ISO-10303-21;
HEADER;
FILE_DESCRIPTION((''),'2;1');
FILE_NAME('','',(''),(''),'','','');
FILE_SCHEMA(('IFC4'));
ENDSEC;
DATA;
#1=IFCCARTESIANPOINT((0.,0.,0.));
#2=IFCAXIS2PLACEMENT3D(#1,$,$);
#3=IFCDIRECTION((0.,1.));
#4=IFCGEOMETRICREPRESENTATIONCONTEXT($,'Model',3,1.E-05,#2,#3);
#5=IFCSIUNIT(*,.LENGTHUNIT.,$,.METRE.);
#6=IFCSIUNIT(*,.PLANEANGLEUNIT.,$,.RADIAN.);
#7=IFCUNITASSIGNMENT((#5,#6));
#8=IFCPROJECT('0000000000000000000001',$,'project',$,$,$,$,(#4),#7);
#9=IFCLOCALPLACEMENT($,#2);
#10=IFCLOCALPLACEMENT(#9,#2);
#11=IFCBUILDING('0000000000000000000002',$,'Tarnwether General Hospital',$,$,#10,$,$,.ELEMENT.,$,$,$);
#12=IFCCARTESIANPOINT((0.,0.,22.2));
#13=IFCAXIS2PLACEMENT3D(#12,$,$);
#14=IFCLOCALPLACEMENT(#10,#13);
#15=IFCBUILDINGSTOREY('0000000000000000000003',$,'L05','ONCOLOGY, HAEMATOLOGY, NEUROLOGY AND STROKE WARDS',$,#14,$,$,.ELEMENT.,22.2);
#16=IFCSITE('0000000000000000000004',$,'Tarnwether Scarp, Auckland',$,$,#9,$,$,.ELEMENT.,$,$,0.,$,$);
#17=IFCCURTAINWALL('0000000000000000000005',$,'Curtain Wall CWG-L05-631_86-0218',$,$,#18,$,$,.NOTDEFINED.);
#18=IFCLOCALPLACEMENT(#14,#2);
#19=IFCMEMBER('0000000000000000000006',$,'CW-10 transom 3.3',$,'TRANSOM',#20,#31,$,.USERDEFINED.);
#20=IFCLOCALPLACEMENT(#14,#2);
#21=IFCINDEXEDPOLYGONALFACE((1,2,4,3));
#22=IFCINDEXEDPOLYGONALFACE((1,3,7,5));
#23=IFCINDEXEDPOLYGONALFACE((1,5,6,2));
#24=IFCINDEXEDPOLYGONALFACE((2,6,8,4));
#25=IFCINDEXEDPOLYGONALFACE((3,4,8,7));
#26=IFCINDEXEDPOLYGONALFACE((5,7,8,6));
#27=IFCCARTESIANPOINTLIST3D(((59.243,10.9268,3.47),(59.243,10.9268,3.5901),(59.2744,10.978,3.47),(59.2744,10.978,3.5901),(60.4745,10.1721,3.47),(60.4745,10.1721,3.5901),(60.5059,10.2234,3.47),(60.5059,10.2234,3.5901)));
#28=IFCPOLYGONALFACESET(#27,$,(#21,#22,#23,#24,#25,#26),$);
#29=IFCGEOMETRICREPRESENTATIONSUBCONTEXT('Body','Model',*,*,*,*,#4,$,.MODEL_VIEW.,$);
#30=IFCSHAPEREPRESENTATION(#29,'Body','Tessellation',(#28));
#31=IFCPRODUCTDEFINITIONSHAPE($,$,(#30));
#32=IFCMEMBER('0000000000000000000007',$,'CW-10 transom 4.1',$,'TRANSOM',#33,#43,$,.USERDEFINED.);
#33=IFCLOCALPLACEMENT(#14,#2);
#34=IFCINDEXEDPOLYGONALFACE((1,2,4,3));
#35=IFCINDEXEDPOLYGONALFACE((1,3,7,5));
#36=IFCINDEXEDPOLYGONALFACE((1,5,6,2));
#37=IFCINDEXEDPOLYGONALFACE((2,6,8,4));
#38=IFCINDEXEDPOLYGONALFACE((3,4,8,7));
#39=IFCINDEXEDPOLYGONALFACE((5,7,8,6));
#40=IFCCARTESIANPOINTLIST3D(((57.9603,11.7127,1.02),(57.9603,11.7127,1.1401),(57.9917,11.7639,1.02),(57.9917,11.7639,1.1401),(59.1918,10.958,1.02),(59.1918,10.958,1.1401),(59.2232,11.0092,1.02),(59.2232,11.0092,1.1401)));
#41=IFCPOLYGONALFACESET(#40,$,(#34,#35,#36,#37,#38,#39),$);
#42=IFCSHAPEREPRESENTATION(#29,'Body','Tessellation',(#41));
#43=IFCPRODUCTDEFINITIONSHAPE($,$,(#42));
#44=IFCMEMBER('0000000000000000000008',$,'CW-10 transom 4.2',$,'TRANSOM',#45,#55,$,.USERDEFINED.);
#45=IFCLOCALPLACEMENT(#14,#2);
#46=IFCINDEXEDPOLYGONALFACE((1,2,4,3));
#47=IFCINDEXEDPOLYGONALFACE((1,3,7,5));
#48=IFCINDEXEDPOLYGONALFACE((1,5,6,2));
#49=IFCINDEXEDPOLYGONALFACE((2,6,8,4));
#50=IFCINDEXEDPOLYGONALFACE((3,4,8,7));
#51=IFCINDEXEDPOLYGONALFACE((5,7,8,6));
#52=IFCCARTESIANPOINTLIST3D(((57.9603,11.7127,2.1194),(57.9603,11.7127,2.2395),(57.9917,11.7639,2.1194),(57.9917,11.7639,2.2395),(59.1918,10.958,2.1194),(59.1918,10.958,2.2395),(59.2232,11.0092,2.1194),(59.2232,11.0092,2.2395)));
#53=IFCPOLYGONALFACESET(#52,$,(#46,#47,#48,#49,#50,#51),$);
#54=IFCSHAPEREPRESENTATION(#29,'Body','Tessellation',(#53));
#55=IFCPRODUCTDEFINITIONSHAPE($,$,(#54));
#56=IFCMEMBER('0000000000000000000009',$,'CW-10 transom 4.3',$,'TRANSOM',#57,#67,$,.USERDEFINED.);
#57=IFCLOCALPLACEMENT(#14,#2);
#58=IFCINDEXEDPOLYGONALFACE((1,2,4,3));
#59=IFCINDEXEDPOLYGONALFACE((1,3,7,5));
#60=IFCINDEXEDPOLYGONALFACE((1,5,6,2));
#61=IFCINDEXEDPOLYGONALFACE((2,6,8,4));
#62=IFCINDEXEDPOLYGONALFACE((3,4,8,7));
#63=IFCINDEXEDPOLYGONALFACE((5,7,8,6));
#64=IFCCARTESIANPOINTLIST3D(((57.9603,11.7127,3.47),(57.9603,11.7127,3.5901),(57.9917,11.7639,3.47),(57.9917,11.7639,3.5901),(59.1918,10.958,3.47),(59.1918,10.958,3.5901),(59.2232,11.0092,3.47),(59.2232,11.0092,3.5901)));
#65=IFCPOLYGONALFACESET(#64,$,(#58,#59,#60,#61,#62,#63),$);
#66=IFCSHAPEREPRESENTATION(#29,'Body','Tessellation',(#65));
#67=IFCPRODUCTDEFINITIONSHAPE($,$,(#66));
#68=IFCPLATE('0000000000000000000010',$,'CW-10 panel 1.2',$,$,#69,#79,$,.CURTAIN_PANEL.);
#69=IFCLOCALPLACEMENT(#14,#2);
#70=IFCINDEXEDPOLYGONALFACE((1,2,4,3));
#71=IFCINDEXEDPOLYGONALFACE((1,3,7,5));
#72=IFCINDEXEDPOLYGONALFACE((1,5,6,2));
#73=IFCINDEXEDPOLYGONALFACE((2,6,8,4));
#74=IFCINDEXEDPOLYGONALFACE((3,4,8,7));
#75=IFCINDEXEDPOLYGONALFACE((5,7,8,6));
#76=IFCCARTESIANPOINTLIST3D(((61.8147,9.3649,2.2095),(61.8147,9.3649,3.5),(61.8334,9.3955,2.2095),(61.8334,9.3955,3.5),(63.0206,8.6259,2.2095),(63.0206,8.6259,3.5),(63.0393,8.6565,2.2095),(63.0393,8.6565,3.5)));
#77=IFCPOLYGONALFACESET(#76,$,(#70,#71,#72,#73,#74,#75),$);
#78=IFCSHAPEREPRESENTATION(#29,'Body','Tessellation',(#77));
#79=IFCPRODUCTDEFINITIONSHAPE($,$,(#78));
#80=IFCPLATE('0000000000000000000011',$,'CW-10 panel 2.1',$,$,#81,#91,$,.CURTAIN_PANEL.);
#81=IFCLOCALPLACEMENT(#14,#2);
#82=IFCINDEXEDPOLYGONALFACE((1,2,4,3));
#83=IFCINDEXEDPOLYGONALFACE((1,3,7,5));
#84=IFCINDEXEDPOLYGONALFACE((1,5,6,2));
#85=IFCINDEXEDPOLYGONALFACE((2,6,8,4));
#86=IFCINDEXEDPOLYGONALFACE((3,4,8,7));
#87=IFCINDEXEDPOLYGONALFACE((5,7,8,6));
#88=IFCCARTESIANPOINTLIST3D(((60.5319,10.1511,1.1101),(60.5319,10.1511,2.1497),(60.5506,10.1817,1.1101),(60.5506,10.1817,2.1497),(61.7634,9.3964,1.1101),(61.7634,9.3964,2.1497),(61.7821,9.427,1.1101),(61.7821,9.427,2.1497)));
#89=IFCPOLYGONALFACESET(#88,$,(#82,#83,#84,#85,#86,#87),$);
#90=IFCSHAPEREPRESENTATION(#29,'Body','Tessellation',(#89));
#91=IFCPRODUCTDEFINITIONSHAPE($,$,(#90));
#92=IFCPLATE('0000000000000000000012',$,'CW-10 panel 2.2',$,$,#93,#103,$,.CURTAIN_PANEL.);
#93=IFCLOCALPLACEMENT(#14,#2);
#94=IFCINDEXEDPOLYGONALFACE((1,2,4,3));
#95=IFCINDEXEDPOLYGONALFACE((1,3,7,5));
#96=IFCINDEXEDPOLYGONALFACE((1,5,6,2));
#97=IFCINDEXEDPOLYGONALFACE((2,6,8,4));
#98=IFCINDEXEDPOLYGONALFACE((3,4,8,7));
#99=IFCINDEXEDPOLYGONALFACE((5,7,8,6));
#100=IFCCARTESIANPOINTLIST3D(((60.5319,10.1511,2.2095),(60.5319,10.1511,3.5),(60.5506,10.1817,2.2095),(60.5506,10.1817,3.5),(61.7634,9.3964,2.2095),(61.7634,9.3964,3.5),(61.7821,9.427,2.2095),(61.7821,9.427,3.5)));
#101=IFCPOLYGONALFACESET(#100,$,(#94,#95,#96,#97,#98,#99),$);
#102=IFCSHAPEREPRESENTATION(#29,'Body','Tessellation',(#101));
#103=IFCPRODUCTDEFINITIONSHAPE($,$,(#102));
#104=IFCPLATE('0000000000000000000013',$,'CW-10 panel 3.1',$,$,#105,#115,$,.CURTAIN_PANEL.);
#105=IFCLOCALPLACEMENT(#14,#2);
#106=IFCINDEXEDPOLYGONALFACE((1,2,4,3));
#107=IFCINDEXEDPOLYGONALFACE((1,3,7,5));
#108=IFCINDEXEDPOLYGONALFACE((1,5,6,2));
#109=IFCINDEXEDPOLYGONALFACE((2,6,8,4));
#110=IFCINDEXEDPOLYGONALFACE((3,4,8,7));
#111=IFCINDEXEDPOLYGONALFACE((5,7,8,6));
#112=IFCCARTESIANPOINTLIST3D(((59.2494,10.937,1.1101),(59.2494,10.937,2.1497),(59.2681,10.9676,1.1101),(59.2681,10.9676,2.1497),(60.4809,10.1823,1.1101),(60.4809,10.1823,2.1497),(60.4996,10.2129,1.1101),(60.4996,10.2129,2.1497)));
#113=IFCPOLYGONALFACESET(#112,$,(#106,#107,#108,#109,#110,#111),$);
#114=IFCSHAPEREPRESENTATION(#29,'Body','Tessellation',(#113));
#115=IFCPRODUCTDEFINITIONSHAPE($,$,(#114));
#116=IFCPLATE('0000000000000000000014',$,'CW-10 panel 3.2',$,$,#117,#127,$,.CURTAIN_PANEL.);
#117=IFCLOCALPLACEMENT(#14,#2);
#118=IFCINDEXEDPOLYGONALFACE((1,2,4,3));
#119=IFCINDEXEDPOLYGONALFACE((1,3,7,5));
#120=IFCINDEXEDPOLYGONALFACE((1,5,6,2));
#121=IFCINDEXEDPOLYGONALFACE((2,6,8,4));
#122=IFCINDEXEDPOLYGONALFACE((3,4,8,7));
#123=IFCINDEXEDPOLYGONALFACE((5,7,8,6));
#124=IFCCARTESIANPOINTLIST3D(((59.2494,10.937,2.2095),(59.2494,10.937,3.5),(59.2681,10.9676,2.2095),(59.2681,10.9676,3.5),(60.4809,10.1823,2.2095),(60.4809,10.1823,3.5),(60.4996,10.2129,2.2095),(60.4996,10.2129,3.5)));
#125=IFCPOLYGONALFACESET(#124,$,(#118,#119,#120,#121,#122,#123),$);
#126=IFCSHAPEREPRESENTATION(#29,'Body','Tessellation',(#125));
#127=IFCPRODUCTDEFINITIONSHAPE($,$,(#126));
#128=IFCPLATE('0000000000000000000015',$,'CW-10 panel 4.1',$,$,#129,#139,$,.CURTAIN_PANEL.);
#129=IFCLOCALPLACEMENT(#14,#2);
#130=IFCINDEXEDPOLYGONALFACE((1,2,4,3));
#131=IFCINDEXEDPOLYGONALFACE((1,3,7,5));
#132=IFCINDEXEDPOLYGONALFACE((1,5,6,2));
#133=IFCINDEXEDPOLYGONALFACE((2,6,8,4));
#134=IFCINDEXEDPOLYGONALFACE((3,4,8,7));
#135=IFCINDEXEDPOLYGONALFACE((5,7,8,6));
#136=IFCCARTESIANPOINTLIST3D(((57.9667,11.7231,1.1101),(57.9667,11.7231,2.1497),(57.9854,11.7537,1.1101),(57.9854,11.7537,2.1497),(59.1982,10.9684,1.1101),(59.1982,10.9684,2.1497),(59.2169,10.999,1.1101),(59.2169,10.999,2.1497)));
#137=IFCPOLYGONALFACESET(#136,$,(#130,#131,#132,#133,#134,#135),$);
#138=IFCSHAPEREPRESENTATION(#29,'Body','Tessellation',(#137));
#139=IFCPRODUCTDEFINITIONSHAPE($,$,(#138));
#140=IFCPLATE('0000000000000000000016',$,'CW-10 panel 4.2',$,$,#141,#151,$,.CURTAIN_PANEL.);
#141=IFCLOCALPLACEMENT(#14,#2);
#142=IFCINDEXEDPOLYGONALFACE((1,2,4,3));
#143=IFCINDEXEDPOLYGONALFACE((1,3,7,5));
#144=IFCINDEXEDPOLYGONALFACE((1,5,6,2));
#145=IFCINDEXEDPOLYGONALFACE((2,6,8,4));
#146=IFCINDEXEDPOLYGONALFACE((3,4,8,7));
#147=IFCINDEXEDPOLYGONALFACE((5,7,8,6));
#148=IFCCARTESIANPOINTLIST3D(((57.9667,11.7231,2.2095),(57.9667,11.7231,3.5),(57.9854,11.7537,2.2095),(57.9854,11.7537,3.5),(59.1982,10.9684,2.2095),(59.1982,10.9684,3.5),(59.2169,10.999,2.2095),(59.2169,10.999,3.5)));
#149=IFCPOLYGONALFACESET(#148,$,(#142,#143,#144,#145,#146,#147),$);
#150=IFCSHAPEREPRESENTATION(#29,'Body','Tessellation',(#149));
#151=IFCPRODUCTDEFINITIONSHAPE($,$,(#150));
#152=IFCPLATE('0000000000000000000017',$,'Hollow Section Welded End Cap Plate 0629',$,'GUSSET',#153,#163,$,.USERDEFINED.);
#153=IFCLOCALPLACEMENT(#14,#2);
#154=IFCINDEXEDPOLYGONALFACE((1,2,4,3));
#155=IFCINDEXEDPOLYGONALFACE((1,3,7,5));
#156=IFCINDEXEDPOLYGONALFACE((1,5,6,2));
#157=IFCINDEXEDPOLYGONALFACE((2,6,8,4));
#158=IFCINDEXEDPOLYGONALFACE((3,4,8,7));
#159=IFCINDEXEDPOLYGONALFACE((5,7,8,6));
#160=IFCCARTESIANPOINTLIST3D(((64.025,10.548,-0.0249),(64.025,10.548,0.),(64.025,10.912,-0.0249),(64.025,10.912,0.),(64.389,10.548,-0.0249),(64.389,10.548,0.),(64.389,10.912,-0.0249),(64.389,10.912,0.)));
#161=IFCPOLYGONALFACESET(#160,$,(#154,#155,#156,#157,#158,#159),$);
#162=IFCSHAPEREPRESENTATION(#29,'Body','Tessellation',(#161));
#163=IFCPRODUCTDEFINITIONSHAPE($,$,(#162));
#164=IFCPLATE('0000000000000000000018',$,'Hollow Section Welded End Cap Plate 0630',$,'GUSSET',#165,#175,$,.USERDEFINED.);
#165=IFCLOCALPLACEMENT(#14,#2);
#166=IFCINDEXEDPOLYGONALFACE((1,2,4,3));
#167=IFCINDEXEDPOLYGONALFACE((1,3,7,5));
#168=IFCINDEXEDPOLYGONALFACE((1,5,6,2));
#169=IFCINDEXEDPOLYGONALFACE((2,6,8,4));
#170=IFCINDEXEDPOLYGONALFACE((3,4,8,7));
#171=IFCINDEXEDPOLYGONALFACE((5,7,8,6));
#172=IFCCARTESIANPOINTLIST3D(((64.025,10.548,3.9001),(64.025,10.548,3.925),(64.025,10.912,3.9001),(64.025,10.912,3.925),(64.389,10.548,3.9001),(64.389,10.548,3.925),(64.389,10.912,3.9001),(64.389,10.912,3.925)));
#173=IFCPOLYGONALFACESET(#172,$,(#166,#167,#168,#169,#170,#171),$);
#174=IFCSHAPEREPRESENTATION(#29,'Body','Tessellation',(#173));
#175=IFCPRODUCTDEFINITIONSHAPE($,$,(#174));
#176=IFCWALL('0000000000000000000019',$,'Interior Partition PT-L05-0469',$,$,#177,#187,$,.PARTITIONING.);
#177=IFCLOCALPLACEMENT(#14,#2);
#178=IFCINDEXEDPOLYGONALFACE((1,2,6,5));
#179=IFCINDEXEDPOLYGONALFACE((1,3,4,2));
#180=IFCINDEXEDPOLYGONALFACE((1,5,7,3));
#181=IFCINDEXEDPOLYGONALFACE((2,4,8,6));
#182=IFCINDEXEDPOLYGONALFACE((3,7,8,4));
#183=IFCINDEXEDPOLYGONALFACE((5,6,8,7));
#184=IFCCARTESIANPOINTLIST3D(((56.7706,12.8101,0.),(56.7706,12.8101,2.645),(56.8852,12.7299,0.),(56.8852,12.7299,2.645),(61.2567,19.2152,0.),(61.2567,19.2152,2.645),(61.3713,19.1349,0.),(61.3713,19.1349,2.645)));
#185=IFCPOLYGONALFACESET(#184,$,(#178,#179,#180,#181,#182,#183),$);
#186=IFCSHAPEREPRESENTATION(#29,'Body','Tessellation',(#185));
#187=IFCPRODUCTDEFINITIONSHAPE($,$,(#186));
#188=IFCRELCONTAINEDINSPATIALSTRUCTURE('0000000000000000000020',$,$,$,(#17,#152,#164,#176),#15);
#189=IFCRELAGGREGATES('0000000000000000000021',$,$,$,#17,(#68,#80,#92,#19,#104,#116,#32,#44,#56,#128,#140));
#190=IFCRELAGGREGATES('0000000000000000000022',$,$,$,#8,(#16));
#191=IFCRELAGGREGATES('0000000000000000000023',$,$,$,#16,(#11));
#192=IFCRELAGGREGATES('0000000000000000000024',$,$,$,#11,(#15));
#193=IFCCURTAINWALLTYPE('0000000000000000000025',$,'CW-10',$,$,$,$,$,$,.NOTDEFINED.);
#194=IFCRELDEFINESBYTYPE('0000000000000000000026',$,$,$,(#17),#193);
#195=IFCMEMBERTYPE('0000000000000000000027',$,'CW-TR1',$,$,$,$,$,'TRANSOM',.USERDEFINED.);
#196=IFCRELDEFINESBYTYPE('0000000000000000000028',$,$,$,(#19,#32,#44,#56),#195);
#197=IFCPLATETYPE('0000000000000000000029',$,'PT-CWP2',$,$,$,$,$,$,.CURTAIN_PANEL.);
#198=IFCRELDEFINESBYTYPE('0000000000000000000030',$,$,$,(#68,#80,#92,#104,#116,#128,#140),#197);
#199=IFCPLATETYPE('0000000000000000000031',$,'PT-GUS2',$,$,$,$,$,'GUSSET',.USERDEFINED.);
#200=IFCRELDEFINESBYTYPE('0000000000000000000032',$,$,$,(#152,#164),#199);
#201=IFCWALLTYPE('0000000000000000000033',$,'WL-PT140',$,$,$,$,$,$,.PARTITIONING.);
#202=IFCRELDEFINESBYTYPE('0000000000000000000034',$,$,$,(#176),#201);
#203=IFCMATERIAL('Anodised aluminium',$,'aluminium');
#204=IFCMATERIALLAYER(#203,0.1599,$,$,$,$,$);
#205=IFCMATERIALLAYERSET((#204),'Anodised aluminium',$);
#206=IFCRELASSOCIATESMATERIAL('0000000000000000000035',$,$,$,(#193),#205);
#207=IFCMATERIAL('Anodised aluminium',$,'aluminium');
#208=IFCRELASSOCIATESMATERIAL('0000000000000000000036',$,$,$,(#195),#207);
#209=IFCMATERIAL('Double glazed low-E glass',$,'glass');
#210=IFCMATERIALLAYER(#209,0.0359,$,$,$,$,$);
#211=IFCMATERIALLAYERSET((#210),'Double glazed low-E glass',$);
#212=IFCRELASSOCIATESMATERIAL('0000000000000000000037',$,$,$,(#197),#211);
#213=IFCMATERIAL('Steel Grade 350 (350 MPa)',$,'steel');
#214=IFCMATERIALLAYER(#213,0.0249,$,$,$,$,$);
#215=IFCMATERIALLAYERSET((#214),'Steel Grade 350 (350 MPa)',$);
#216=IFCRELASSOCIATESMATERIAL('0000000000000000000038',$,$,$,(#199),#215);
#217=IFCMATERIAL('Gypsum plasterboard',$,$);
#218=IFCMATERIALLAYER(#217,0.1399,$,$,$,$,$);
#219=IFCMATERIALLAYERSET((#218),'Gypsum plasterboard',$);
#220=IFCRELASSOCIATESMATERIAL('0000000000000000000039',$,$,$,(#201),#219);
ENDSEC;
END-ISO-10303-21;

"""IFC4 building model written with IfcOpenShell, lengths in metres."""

from ifc_helpers import new_model, si_unit, direction, frame, frame_2d, origin, origin_2d, place, context, subcontext, project, spatial, rectangle, extrude, material, layer, layer_set, material_profile, profile_set, type_object, element, aggregate, save


model = new_model("IFC4")

# Units and contexts
model_context = context("Model", 3, precision=1e-05, world=origin(), true_north=direction((0.0, 1.0)))
body_context = subcontext(model_context, "Body", "Model", "MODEL_VIEW")
ifc_project = project(units=[si_unit("LENGTHUNIT", "METRE"), si_unit("PLANEANGLEUNIT", "RADIAN")], contexts=[model_context])

# Site, building, storey
site_placement = place(None, origin())
site = spatial("IfcSite", under=ifc_project, at=site_placement, Name="Tarnwether Scarp, Auckland", CompositionType="ELEMENT", RefElevation=0.0)
building_placement = place(site_placement, origin())
building = spatial("IfcBuilding", under=site, at=building_placement, Name="Tarnwether General Hospital", CompositionType="ELEMENT")
storey_placement = place(building_placement, frame((0.0, 0.0, 22.2)))
storey = spatial("IfcBuildingStorey", under=building, at=storey_placement, Name="L05", Description="ONCOLOGY, HAEMATOLOGY, NEUROLOGY AND STROKE WARDS", CompositionType="ELEMENT", Elevation=22.2)

# Curtain wall, members, plates
ifc_material_1 = material(Name="Anodised aluminium", Category="aluminium")
ifc_layer_1 = layer(ifc_material_1, 0.1599)
ifc_layer_set_1 = layer_set([ifc_layer_1], Name="Anodised aluminium")
curtain_wall_type = type_object("IfcCurtainWallType", Name="CW-10", PredefinedType="NOTDEFINED", material=ifc_layer_set_1)
curtain_wall_placement = place(storey_placement, origin())
curtain_wall = element("IfcCurtainWall", 1, at=curtain_wall_placement, inside=storey, type_object=curtain_wall_type, Name="Curtain Wall CWG-L05-631_86-0218", PredefinedType="NOTDEFINED")
ifc_material_2 = material(Name="Anodised aluminium", Category="aluminium")
ifc_material_profile_1 = material_profile(ifc_material_2, rectangle(XDim=0.0601, YDim=0.1201, at=origin_2d()), Name="ALU-TRN-60x120")
ifc_profile_set_1 = profile_set([ifc_material_profile_1], Name="Anodised aluminium")
member_type_1 = type_object("IfcMemberType", Name="CW-TR1", ElementType="TRANSOM", PredefinedType="USERDEFINED", material=ifc_profile_set_1)
member_1_placement = place(storey_placement, frame((60.4902, 10.1978, 3.53), z_axis=(-0.852638, 0.522503, 0.0), x_axis=(-0.522503, -0.852638, 0.0)))
member_1 = element("IfcMember", 2, at=member_1_placement, type_object=member_type_1, Name="CW-10 transom 3.3", ObjectType="TRANSOM", PredefinedType="USERDEFINED", context=body_context, shape_type="SweptSolid", body=[
    extrude(rectangle(XDim=0.0601, YDim=0.1201, at=origin_2d()), origin(), (0.0, 0.0, 1.0), 1.4443),
])
member_2_placement = place(storey_placement, frame((59.2075, 10.9836, 1.0801), z_axis=(-0.852638, 0.522503, 0.0), x_axis=(-0.522503, -0.852638, 0.0)))
member_2 = element("IfcMember", 3, at=member_2_placement, type_object=member_type_1, Name="CW-10 transom 4.1", ObjectType="TRANSOM", PredefinedType="USERDEFINED", context=body_context, shape_type="SweptSolid", body=[
    extrude(rectangle(XDim=0.0601, YDim=0.1201, at=origin_2d()), origin(), (0.0, 0.0, 1.0), 1.4443),
])
member_3_placement = place(storey_placement, frame((59.2075, 10.9836, 2.1794), z_axis=(-0.852638, 0.522503, 0.0), x_axis=(-0.522503, -0.852638, 0.0)))
member_3 = element("IfcMember", 4, at=member_3_placement, type_object=member_type_1, Name="CW-10 transom 4.2", ObjectType="TRANSOM", PredefinedType="USERDEFINED", context=body_context, shape_type="SweptSolid", body=[
    extrude(rectangle(XDim=0.0601, YDim=0.1201, at=origin_2d()), origin(), (0.0, 0.0, 1.0), 1.4443),
])
member_4_placement = place(storey_placement, frame((59.2075, 10.9836, 3.53), z_axis=(-0.852638, 0.522503, 0.0), x_axis=(-0.522503, -0.852638, 0.0)))
member_4 = element("IfcMember", 5, at=member_4_placement, type_object=member_type_1, Name="CW-10 transom 4.3", ObjectType="TRANSOM", PredefinedType="USERDEFINED", context=body_context, shape_type="SweptSolid", body=[
    extrude(rectangle(XDim=0.0601, YDim=0.1201, at=origin_2d()), origin(), (0.0, 0.0, 1.0), 1.4443),
])
ifc_material_3 = material(Name="Double glazed low-E glass", Category="glass")
ifc_layer_2 = layer(ifc_material_3, 0.0359)
ifc_layer_set_2 = layer_set([ifc_layer_2], Name="Double glazed low-E glass")
plate_type_1 = type_object("IfcPlateType", Name="PT-CWP2", PredefinedType="CURTAIN_PANEL", material=ifc_layer_set_2)
plate_1_placement = place(storey_placement, frame((62.427, 9.0107, 2.2095), z_axis=(0.0, 0.0, 1.0), x_axis=(-0.852634, 0.522509, 0.0)))
plate_1 = element("IfcPlate", 6, at=plate_1_placement, type_object=plate_type_1, Name="CW-10 panel 1.2", PredefinedType="CURTAIN_PANEL", context=body_context, shape_type="SweptSolid", body=[
    extrude(rectangle(XDim=1.4143, YDim=0.0359, at=origin_2d()), origin(), (0.0, 0.0, 1.0), 1.2905),
])
plate_2_placement = place(storey_placement, frame((61.157, 9.7891, 1.1101), z_axis=(0.0, 0.0, 1.0), x_axis=(-0.852634, 0.522509, 0.0)))
plate_2 = element("IfcPlate", 7, at=plate_2_placement, type_object=plate_type_1, Name="CW-10 panel 2.1", PredefinedType="CURTAIN_PANEL", context=body_context, shape_type="SweptSolid", body=[
    extrude(rectangle(XDim=1.4443, YDim=0.0359, at=origin_2d()), origin(), (0.0, 0.0, 1.0), 1.0396),
])
plate_3_placement = place(storey_placement, frame((61.157, 9.7891, 2.2095), z_axis=(0.0, 0.0, 1.0), x_axis=(-0.852634, 0.522509, 0.0)))
plate_3 = element("IfcPlate", 8, at=plate_3_placement, type_object=plate_type_1, Name="CW-10 panel 2.2", PredefinedType="CURTAIN_PANEL", context=body_context, shape_type="SweptSolid", body=[
    extrude(rectangle(XDim=1.4443, YDim=0.0359, at=origin_2d()), origin(), (0.0, 0.0, 1.0), 1.2905),
])
plate_4_placement = place(storey_placement, frame((59.8745, 10.575, 1.1101), z_axis=(0.0, 0.0, 1.0), x_axis=(-0.852634, 0.522509, 0.0)))
plate_4 = element("IfcPlate", 9, at=plate_4_placement, type_object=plate_type_1, Name="CW-10 panel 3.1", PredefinedType="CURTAIN_PANEL", context=body_context, shape_type="SweptSolid", body=[
    extrude(rectangle(XDim=1.4443, YDim=0.0359, at=origin_2d()), origin(), (0.0, 0.0, 1.0), 1.0396),
])
plate_5_placement = place(storey_placement, frame((59.8745, 10.575, 2.2095), z_axis=(0.0, 0.0, 1.0), x_axis=(-0.852634, 0.522509, 0.0)))
plate_5 = element("IfcPlate", 10, at=plate_5_placement, type_object=plate_type_1, Name="CW-10 panel 3.2", PredefinedType="CURTAIN_PANEL", context=body_context, shape_type="SweptSolid", body=[
    extrude(rectangle(XDim=1.4443, YDim=0.0359, at=origin_2d()), origin(), (0.0, 0.0, 1.0), 1.2905),
])
plate_6_placement = place(storey_placement, frame((58.5918, 11.3611, 1.1101), z_axis=(0.0, 0.0, 1.0), x_axis=(-0.852634, 0.522509, 0.0)))
plate_6 = element("IfcPlate", 11, at=plate_6_placement, type_object=plate_type_1, Name="CW-10 panel 4.1", PredefinedType="CURTAIN_PANEL", context=body_context, shape_type="SweptSolid", body=[
    extrude(rectangle(XDim=1.4443, YDim=0.0359, at=origin_2d()), origin(), (0.0, 0.0, 1.0), 1.0396),
])
plate_7_placement = place(storey_placement, frame((58.5918, 11.3611, 2.2095), z_axis=(0.0, 0.0, 1.0), x_axis=(-0.852634, 0.522509, 0.0)))
plate_7 = element("IfcPlate", 12, at=plate_7_placement, type_object=plate_type_1, Name="CW-10 panel 4.2", PredefinedType="CURTAIN_PANEL", context=body_context, shape_type="SweptSolid", body=[
    extrude(rectangle(XDim=1.4443, YDim=0.0359, at=origin_2d()), origin(), (0.0, 0.0, 1.0), 1.2905),
])
aggregate(curtain_wall, [plate_1, plate_2, plate_3, member_1, plate_4, plate_5, member_2, member_3, member_4, plate_6, plate_7])

# Plates
ifc_material_4 = material(Name="Steel Grade 350 (350 MPa)", Category="steel")
ifc_layer_3 = layer(ifc_material_4, 0.0249)
ifc_layer_set_3 = layer_set([ifc_layer_3], Name="Steel Grade 350 (350 MPa)")
plate_type_2 = type_object("IfcPlateType", Name="PT-GUS2", ElementType="GUSSET", PredefinedType="USERDEFINED", material=ifc_layer_set_3)
for number, where, z_axis, x_axis, name in (
    (13, (64.207, 10.73, -0.0249), (0.0, 0.0, 1.0), (1.0, 0.0, 0.0), "Hollow Section Welded End Cap Plate 0629"),
    (14, (64.207, 10.73, 3.9001), (0.0, 0.0, 1.0), (1.0, 0.0, 0.0), "Hollow Section Welded End Cap Plate 0630"),
):
    element("IfcPlate", number, at=place(storey_placement, frame(where, z_axis=z_axis, x_axis=x_axis)), inside=storey, type_object=plate_type_2, Name=name, ObjectType="GUSSET", PredefinedType="USERDEFINED", context=body_context, shape_type="SweptSolid", body=[
        extrude(rectangle(XDim=0.364, YDim=0.364, at=origin_2d()), origin(), (0.0, 0.0, 1.0), 0.0249),
    ])

# Wall
ifc_material_5 = material(Name="Gypsum plasterboard")
ifc_layer_4 = layer(ifc_material_5, 0.1399)
ifc_layer_set_4 = layer_set([ifc_layer_4], Name="Gypsum plasterboard")
wall_type_1 = type_object("IfcWallType", Name="WL-PT140", PredefinedType="PARTITIONING", material=ifc_layer_set_4)
wall_1_placement = place(storey_placement, frame((61.314, 19.175, 0.0), z_axis=(0.0, 0.0, 1.0), x_axis=(-0.573682, -0.819078, 0.0)))
element("IfcWall", 15, at=wall_1_placement, inside=storey, type_object=wall_type_1, Name="Interior Partition PT-L05-0469", PredefinedType="PARTITIONING", context=body_context, shape_type="SweptSolid", body=[
    extrude(rectangle(XDim=7.8198, YDim=0.1399, at=frame_2d((3.9099, 0.0))), origin(), (0.0, 0.0, 1.0), 2.645),
])

save(model, "model.ifc")
